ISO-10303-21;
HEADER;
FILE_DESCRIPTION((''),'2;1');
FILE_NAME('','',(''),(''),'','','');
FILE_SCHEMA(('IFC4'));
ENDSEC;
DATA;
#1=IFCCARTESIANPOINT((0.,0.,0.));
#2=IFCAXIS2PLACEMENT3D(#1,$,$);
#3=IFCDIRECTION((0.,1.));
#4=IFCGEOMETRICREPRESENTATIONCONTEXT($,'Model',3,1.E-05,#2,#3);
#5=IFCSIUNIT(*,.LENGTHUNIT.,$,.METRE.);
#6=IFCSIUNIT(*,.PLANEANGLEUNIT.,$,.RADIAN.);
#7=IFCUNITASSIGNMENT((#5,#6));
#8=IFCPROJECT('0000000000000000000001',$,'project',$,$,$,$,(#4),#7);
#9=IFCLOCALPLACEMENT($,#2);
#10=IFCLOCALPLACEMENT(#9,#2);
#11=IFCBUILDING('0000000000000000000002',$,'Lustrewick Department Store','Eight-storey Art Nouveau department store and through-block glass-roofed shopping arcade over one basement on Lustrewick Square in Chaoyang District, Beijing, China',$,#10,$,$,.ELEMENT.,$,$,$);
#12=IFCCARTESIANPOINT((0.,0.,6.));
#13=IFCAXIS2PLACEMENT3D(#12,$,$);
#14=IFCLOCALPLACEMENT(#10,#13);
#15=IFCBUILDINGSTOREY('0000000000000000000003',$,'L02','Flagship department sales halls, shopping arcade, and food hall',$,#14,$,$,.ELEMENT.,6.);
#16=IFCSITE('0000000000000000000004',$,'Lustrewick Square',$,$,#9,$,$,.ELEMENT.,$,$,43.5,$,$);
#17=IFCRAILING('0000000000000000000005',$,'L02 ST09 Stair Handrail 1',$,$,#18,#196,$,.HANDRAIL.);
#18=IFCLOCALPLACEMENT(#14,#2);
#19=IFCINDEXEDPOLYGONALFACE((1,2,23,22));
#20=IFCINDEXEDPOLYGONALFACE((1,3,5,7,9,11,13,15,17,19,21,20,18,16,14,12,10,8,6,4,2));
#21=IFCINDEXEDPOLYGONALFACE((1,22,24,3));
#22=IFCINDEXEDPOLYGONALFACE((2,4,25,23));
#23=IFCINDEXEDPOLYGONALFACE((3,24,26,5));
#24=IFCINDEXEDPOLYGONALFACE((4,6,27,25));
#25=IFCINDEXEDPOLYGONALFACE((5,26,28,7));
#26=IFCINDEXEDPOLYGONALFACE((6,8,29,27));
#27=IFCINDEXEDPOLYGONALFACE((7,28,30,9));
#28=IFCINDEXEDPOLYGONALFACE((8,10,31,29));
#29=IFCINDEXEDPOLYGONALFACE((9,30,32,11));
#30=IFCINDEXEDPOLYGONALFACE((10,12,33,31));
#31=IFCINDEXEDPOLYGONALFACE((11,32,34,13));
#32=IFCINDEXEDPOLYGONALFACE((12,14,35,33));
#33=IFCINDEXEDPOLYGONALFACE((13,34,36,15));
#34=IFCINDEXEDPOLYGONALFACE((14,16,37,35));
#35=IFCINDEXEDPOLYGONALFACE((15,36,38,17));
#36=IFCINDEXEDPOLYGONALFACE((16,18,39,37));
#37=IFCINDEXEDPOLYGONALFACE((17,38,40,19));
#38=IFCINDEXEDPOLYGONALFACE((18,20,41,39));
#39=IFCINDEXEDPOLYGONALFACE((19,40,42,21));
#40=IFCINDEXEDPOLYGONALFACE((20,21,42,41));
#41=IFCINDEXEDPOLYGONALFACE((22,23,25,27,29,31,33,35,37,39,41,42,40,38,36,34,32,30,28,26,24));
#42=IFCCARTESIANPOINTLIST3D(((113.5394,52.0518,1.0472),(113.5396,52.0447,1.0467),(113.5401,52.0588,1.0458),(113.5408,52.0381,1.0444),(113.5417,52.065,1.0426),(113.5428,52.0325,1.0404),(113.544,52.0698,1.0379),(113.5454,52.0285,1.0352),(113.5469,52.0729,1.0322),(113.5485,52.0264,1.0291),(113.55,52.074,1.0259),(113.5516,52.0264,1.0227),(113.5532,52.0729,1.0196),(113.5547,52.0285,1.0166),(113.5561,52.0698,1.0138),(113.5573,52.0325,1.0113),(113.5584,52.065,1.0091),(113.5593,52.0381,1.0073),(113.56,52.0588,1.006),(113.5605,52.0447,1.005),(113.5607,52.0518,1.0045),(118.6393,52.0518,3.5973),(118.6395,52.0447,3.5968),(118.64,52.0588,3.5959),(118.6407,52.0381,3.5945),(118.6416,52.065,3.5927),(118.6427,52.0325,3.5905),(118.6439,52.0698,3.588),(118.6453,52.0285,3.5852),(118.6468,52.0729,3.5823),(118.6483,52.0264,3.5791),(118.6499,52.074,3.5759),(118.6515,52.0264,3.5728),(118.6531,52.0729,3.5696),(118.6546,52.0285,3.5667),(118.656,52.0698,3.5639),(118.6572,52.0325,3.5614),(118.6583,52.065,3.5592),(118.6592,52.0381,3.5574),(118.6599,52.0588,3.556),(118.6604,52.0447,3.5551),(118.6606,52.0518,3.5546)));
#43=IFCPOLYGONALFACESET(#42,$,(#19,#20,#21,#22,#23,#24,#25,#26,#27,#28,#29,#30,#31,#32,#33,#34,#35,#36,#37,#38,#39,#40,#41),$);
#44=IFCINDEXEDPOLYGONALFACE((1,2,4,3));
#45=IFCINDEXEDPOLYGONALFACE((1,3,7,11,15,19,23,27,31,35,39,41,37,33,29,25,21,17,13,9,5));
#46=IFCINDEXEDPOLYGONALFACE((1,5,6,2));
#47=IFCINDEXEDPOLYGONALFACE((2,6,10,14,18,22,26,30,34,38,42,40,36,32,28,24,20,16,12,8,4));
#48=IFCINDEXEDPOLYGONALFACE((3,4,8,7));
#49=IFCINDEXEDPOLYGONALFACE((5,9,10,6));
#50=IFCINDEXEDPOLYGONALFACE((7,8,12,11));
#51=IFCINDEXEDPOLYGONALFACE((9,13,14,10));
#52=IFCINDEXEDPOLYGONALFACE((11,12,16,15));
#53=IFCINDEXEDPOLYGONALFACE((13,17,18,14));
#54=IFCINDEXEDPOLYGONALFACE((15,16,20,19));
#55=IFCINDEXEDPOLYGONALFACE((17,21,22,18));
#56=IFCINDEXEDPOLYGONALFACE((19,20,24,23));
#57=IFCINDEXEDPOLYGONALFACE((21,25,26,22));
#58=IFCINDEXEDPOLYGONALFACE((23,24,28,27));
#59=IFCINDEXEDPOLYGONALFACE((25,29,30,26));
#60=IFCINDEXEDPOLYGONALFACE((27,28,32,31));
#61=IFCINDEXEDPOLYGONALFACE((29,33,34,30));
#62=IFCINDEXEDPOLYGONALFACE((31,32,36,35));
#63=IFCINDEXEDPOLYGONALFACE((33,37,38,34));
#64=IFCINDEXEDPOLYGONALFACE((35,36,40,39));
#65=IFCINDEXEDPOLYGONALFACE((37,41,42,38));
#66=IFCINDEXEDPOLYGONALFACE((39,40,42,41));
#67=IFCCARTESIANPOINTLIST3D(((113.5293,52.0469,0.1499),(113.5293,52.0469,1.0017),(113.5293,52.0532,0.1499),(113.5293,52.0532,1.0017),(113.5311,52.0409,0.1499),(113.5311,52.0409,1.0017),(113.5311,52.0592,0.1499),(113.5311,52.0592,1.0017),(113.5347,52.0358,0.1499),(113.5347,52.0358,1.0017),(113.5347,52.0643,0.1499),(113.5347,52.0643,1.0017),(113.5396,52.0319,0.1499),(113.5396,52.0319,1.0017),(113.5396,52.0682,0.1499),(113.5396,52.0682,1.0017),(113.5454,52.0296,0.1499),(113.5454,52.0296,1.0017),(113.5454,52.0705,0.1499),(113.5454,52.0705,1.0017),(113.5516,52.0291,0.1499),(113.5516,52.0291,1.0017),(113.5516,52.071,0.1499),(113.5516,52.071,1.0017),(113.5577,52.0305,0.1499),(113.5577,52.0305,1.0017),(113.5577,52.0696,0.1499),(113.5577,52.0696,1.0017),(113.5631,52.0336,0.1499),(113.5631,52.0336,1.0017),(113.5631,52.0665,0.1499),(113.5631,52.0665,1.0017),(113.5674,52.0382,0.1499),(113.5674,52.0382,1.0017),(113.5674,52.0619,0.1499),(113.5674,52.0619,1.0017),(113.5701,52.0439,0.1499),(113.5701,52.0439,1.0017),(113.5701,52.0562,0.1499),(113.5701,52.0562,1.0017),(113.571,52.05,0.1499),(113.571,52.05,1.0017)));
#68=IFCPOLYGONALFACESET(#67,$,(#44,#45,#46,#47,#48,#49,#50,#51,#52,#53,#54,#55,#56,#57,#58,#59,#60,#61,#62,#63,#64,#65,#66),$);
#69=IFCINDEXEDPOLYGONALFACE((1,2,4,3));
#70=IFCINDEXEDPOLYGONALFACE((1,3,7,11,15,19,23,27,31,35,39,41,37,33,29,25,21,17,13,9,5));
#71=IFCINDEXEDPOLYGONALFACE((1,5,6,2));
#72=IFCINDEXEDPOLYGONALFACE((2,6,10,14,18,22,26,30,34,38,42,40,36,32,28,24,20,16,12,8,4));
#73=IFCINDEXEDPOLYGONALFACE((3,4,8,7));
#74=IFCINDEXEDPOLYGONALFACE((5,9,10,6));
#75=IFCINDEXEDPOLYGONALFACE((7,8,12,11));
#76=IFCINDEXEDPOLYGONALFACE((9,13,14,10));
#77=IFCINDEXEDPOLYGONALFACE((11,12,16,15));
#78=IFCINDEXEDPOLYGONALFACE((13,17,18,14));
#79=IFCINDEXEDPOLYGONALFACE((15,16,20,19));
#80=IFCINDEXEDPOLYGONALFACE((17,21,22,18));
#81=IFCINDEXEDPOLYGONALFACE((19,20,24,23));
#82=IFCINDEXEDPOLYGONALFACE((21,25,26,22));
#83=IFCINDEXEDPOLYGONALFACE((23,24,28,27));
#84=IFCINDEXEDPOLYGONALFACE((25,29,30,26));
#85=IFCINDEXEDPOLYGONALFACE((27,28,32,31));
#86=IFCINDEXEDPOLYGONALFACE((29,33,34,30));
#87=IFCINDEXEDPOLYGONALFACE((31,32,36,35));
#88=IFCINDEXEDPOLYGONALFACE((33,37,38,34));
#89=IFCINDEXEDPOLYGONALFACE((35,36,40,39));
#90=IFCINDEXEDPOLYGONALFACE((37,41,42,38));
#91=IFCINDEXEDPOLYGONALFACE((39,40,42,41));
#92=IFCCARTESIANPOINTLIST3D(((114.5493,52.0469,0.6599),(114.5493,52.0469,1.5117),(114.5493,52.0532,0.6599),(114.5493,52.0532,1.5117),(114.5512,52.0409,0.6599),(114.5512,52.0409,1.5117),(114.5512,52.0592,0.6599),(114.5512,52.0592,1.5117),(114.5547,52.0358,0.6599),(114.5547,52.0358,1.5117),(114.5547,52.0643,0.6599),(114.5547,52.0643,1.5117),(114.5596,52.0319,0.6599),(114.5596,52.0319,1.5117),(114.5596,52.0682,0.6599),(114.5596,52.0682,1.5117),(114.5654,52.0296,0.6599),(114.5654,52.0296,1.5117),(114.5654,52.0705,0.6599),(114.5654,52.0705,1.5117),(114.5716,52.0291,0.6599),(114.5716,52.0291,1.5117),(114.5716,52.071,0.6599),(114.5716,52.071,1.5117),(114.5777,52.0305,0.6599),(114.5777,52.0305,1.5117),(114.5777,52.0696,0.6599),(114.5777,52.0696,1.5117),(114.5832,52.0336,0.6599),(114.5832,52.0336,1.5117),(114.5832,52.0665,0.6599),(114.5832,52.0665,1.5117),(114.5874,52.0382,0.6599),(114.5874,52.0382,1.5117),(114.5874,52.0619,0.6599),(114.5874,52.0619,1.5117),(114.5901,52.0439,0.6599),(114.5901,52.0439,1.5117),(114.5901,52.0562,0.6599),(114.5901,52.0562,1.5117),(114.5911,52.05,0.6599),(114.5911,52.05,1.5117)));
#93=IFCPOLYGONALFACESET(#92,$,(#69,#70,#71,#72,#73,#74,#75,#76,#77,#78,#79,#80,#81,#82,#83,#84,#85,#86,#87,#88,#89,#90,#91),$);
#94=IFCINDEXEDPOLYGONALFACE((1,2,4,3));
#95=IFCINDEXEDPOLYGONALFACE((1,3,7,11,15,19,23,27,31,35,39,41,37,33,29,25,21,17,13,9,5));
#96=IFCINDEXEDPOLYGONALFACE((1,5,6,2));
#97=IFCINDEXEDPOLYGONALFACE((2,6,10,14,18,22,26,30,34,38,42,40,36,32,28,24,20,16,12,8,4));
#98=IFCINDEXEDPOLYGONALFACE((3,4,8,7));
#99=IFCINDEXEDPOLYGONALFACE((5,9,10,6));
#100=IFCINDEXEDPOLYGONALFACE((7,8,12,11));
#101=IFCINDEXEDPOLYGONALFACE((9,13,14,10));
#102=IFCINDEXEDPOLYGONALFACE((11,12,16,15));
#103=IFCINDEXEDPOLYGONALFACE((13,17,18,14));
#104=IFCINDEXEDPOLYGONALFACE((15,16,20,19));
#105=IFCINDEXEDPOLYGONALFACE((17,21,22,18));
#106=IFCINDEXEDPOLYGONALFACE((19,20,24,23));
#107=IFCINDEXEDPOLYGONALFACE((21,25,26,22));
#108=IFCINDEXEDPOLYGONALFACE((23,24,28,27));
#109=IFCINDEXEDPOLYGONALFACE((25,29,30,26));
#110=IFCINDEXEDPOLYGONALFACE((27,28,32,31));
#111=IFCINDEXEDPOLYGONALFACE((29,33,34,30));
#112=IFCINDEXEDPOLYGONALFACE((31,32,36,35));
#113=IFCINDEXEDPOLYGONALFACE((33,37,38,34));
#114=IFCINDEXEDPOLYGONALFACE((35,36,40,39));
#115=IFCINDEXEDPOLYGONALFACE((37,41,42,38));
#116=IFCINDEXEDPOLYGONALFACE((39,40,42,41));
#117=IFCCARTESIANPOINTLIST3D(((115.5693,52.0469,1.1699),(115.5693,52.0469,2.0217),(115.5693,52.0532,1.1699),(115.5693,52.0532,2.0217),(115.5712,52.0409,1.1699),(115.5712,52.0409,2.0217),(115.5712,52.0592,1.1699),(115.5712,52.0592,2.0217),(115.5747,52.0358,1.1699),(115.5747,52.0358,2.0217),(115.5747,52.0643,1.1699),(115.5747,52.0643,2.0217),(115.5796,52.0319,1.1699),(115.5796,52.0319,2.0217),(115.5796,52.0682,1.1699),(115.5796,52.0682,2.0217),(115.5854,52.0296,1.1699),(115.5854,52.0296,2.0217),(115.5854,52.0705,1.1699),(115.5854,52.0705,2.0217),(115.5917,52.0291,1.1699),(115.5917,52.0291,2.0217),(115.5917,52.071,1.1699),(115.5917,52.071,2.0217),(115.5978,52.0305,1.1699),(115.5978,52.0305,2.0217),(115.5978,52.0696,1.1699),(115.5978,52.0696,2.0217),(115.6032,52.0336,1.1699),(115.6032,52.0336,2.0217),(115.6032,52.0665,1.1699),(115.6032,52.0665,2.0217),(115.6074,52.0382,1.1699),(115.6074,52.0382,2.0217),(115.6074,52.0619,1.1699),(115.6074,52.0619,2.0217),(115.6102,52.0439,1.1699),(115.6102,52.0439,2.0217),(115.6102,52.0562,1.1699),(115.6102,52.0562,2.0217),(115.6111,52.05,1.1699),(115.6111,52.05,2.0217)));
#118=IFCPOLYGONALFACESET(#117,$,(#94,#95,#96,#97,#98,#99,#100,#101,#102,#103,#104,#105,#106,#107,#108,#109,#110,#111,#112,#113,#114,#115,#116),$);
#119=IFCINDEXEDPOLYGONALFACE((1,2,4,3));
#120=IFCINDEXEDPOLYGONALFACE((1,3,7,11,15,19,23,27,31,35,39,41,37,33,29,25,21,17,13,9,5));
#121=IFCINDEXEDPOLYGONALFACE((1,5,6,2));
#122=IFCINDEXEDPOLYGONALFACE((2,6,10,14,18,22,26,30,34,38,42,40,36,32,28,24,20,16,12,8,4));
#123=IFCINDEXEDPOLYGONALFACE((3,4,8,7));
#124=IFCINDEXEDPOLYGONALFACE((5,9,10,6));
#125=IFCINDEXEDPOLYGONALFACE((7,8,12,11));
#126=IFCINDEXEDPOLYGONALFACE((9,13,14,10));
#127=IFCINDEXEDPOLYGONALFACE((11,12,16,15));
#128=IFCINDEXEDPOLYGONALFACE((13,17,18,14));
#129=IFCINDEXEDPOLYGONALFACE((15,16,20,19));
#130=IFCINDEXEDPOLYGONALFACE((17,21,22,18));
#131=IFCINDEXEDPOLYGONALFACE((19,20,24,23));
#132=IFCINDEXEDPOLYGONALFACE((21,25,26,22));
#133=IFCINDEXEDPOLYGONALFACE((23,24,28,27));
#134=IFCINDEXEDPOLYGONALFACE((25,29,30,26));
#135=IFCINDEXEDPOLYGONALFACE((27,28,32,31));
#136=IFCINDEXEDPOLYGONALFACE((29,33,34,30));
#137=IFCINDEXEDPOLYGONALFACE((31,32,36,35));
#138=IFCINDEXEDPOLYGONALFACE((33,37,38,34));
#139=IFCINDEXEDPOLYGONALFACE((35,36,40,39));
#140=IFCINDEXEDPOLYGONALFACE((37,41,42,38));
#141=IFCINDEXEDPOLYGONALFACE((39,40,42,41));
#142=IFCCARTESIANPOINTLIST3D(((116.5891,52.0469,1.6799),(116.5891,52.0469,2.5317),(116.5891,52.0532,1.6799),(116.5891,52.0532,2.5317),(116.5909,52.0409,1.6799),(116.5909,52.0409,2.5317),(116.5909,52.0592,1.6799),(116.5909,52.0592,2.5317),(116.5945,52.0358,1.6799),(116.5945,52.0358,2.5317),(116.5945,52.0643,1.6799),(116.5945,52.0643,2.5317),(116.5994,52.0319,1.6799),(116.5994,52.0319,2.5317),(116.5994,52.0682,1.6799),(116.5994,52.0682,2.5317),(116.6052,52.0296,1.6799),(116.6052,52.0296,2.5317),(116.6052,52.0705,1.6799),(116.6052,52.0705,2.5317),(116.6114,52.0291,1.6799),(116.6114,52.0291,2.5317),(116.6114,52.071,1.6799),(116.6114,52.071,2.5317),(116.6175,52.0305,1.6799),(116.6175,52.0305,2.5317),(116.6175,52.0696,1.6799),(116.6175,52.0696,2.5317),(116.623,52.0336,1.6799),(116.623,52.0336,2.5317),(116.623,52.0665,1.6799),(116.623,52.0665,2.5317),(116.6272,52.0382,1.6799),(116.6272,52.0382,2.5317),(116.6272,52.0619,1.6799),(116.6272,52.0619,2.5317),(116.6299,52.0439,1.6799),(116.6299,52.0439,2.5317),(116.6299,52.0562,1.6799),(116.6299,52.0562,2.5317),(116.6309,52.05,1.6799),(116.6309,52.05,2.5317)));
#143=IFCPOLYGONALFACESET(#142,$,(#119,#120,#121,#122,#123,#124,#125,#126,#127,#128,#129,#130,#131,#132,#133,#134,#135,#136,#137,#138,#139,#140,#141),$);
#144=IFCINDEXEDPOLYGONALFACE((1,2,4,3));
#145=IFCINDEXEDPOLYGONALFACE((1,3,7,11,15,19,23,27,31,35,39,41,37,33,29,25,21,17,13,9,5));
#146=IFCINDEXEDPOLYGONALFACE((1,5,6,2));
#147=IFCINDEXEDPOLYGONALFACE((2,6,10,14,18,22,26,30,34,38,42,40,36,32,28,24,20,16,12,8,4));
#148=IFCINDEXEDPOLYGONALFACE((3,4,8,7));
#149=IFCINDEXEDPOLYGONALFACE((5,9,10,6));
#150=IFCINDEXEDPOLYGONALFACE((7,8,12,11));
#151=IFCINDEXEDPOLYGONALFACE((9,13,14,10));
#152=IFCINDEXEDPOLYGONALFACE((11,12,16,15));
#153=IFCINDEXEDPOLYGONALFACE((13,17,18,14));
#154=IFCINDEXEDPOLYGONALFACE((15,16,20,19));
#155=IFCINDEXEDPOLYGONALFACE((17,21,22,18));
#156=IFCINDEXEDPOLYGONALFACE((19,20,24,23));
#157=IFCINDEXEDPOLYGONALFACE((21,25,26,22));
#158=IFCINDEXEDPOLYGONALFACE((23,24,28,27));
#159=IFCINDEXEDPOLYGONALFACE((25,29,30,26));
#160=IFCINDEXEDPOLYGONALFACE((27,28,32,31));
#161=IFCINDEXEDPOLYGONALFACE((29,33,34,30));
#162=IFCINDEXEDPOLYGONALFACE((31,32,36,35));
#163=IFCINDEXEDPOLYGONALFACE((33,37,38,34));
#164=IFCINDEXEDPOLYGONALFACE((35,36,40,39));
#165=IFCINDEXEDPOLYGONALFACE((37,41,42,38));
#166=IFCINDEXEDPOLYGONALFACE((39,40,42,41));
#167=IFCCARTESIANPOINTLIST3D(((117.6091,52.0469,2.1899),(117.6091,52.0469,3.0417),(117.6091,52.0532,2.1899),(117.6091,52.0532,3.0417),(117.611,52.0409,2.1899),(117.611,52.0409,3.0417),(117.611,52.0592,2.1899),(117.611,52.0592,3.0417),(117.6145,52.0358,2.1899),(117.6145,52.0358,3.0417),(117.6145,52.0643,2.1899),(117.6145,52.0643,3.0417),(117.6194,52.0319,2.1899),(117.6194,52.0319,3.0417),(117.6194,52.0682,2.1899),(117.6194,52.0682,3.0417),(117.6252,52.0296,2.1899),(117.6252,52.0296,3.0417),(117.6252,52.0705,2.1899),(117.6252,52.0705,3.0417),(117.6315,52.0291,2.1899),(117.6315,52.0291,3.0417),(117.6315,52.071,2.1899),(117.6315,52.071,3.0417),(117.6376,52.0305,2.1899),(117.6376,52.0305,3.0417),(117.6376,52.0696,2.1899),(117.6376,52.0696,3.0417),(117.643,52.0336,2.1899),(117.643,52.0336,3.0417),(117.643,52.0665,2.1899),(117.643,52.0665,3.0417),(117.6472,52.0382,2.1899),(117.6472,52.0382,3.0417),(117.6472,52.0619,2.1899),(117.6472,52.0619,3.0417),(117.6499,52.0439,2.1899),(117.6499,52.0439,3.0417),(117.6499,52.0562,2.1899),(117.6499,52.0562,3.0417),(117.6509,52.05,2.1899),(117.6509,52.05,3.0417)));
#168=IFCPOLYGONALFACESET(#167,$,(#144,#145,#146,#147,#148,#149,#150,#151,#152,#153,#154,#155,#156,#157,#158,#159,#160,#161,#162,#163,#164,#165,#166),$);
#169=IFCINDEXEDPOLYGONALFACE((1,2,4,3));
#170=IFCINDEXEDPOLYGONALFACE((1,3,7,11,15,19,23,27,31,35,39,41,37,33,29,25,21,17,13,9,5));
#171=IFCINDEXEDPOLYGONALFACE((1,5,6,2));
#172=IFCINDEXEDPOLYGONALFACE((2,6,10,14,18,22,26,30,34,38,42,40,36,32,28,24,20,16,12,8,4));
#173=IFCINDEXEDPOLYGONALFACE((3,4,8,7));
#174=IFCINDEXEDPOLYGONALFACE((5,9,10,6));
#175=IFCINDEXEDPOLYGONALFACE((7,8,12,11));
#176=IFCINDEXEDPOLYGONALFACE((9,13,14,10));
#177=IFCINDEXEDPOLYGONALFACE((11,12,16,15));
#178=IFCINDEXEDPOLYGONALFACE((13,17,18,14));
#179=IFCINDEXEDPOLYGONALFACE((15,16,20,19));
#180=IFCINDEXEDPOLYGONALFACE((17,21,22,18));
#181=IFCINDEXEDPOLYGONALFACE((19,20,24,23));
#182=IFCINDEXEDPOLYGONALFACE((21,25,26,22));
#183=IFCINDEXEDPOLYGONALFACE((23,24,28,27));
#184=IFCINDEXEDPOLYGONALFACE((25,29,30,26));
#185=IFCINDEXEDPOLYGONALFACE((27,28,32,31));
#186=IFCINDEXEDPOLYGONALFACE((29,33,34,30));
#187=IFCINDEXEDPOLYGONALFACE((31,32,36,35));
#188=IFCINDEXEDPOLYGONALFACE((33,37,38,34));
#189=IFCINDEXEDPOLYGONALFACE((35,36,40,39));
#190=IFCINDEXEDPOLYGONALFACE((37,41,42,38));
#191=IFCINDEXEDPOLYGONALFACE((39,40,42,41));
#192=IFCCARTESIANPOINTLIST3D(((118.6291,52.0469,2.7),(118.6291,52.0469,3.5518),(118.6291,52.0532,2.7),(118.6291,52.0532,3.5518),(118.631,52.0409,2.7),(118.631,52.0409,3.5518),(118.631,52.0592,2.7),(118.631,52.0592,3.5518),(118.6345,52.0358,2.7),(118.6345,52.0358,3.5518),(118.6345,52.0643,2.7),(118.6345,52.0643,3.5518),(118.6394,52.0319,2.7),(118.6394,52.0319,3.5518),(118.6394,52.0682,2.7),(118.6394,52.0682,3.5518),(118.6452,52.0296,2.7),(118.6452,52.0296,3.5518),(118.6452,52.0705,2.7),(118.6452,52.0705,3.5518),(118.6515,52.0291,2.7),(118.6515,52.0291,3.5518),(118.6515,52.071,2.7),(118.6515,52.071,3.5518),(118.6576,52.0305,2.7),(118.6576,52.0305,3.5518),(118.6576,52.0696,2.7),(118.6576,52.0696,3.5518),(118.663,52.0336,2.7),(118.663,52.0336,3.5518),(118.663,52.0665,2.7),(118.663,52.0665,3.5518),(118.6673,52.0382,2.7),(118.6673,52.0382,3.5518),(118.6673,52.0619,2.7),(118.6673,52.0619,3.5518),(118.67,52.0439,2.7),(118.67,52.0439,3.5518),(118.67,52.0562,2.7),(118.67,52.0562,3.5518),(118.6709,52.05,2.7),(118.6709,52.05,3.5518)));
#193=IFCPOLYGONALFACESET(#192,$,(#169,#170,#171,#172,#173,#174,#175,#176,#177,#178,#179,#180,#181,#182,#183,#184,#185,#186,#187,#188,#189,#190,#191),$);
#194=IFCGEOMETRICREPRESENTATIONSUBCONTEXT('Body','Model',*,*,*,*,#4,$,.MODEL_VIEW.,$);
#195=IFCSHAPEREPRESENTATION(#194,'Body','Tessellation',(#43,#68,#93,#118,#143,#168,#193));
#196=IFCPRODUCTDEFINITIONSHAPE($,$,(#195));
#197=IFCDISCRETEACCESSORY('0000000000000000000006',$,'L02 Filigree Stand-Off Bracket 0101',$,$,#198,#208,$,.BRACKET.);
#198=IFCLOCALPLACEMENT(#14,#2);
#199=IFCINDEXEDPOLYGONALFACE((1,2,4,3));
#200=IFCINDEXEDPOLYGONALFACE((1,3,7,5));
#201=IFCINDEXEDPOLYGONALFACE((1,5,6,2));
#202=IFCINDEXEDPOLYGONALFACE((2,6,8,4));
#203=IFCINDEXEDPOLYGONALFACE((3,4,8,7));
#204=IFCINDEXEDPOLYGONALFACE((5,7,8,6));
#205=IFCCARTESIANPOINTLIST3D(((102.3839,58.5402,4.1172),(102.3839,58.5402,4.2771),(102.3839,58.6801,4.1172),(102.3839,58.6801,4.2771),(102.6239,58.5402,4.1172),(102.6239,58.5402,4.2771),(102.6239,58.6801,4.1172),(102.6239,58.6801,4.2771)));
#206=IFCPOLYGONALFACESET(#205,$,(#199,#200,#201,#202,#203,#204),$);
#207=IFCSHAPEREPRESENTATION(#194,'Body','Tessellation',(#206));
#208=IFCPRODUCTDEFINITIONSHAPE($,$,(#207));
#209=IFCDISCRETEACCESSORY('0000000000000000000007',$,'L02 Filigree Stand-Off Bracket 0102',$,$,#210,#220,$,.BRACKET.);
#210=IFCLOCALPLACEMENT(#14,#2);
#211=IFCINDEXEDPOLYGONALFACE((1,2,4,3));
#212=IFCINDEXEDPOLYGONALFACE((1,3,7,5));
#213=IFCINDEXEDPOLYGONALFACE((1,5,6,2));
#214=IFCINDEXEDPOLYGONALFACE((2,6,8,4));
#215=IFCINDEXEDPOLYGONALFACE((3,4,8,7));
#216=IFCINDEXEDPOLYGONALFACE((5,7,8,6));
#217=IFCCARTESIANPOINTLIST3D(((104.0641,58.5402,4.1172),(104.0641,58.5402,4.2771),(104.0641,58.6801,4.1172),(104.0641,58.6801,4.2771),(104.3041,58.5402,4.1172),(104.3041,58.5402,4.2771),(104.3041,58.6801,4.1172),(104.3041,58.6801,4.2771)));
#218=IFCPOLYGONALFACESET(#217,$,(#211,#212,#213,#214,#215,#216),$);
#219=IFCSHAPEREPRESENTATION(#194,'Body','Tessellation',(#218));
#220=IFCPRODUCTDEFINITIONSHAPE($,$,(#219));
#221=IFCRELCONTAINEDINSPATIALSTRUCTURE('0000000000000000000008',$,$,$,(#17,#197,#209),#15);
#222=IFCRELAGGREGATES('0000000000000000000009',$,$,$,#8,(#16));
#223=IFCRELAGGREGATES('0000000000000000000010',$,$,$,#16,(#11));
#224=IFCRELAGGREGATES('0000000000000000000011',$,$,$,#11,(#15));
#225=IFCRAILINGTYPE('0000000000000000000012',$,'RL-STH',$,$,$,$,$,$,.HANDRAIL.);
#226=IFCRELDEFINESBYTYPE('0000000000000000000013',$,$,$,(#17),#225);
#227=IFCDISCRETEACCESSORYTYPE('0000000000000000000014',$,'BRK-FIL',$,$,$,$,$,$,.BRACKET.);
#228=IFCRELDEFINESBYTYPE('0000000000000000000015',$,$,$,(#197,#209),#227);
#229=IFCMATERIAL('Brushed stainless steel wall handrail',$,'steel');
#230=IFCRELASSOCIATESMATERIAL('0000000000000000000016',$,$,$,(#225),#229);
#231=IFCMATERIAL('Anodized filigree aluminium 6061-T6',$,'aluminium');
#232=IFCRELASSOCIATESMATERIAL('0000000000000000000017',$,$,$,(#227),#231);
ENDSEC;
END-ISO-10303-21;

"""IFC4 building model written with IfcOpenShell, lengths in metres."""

from ifc_helpers import new_model, si_unit, direction, frame, origin, origin_2d, place, context, subcontext, project, spatial, rectangle, circle, extrude, material, type_object, element, save


model = new_model("IFC4")

# Units and contexts
model_context = context("Model", 3, precision=1e-05, world=origin(), true_north=direction((0.0, 1.0)))
body_context = subcontext(model_context, "Body", "Model", "MODEL_VIEW")
ifc_project = project(units=[si_unit("LENGTHUNIT", "METRE"), si_unit("PLANEANGLEUNIT", "RADIAN")], contexts=[model_context])

# Site, building, storey
site_placement = place(None, origin())
site = spatial("IfcSite", under=ifc_project, at=site_placement, Name="Lustrewick Square", CompositionType="ELEMENT", RefElevation=43.5)
building_placement = place(site_placement, origin())
building = spatial("IfcBuilding", under=site, at=building_placement, Name="Lustrewick Department Store", Description="Eight-storey Art Nouveau department store and through-block glass-roofed shopping arcade over one basement on Lustrewick Square in Chaoyang District, Beijing, China", CompositionType="ELEMENT")
storey_placement = place(building_placement, frame((0.0, 0.0, 6.0)))
storey = spatial("IfcBuildingStorey", under=building, at=storey_placement, Name="L02", Description="Flagship department sales halls, shopping arcade, and food hall", CompositionType="ELEMENT", Elevation=6.0)

# Railing
ifc_material_1 = material(Name="Brushed stainless steel wall handrail", Category="steel")
railing_type_1 = type_object("IfcRailingType", Name="RL-STH", PredefinedType="HANDRAIL", material=ifc_material_1)
railing_1_placement = place(storey_placement, frame((113.55, 52.05, 0.1499)))
element("IfcRailing", 1, at=railing_1_placement, inside=storey, type_object=railing_type_1, Name="L02 ST09 Stair Handrail 1", PredefinedType="HANDRAIL", context=body_context, shape_type="SweptSolid", body=[
    extrude(circle(Radius=0.0239, at=origin_2d()), frame((0.0, 0.0, 0.876), z_axis=(0.894419, 0.0, 0.447231), x_axis=(0.0, 1.0, 0.0)), (0.0, 0.0, 1.0), 5.7019),
    extrude(circle(Radius=0.021, at=origin_2d()), origin(), (0.0, 0.0, 1.0), 0.8518),
    extrude(circle(Radius=0.021, at=origin_2d()), frame((1.02, 0.0, 0.51)), (0.0, 0.0, 1.0), 0.8518),
    extrude(circle(Radius=0.021, at=origin_2d()), frame((2.04, 0.0, 1.02)), (0.0, 0.0, 1.0), 0.8518),
    extrude(circle(Radius=0.021, at=origin_2d()), frame((3.0598, 0.0, 1.53)), (0.0, 0.0, 1.0), 0.8518),
    extrude(circle(Radius=0.021, at=origin_2d()), frame((4.0798, 0.0, 2.04)), (0.0, 0.0, 1.0), 0.8518),
    extrude(circle(Radius=0.021, at=origin_2d()), frame((5.0999, 0.0, 2.55)), (0.0, 0.0, 1.0), 0.8518),
])

# Discrete accessories
ifc_material_2 = material(Name="Anodized filigree aluminium 6061-T6", Category="aluminium")
discrete_accessory_type = type_object("IfcDiscreteAccessoryType", Name="BRK-FIL", PredefinedType="BRACKET", material=ifc_material_2)
for number, where, z_axis, x_axis, name in (
    (2, (102.5039, 58.6101, 4.1172), (0.0, 0.0, 1.0), (1.0, 0.0, 0.0), "L02 Filigree Stand-Off Bracket 0101"),
    (3, (104.1841, 58.6101, 4.1172), (0.0, 0.0, 1.0), (1.0, 0.0, 0.0), "L02 Filigree Stand-Off Bracket 0102"),
):
    element("IfcDiscreteAccessory", number, at=place(storey_placement, frame(where, z_axis=z_axis, x_axis=x_axis)), inside=storey, type_object=discrete_accessory_type, Name=name, PredefinedType="BRACKET", context=body_context, shape_type="SweptSolid", body=[
        extrude(rectangle(XDim=0.24, YDim=0.1399, at=origin_2d()), origin(), (0.0, 0.0, 1.0), 0.1599),
    ])

save(model, "model.ifc")
